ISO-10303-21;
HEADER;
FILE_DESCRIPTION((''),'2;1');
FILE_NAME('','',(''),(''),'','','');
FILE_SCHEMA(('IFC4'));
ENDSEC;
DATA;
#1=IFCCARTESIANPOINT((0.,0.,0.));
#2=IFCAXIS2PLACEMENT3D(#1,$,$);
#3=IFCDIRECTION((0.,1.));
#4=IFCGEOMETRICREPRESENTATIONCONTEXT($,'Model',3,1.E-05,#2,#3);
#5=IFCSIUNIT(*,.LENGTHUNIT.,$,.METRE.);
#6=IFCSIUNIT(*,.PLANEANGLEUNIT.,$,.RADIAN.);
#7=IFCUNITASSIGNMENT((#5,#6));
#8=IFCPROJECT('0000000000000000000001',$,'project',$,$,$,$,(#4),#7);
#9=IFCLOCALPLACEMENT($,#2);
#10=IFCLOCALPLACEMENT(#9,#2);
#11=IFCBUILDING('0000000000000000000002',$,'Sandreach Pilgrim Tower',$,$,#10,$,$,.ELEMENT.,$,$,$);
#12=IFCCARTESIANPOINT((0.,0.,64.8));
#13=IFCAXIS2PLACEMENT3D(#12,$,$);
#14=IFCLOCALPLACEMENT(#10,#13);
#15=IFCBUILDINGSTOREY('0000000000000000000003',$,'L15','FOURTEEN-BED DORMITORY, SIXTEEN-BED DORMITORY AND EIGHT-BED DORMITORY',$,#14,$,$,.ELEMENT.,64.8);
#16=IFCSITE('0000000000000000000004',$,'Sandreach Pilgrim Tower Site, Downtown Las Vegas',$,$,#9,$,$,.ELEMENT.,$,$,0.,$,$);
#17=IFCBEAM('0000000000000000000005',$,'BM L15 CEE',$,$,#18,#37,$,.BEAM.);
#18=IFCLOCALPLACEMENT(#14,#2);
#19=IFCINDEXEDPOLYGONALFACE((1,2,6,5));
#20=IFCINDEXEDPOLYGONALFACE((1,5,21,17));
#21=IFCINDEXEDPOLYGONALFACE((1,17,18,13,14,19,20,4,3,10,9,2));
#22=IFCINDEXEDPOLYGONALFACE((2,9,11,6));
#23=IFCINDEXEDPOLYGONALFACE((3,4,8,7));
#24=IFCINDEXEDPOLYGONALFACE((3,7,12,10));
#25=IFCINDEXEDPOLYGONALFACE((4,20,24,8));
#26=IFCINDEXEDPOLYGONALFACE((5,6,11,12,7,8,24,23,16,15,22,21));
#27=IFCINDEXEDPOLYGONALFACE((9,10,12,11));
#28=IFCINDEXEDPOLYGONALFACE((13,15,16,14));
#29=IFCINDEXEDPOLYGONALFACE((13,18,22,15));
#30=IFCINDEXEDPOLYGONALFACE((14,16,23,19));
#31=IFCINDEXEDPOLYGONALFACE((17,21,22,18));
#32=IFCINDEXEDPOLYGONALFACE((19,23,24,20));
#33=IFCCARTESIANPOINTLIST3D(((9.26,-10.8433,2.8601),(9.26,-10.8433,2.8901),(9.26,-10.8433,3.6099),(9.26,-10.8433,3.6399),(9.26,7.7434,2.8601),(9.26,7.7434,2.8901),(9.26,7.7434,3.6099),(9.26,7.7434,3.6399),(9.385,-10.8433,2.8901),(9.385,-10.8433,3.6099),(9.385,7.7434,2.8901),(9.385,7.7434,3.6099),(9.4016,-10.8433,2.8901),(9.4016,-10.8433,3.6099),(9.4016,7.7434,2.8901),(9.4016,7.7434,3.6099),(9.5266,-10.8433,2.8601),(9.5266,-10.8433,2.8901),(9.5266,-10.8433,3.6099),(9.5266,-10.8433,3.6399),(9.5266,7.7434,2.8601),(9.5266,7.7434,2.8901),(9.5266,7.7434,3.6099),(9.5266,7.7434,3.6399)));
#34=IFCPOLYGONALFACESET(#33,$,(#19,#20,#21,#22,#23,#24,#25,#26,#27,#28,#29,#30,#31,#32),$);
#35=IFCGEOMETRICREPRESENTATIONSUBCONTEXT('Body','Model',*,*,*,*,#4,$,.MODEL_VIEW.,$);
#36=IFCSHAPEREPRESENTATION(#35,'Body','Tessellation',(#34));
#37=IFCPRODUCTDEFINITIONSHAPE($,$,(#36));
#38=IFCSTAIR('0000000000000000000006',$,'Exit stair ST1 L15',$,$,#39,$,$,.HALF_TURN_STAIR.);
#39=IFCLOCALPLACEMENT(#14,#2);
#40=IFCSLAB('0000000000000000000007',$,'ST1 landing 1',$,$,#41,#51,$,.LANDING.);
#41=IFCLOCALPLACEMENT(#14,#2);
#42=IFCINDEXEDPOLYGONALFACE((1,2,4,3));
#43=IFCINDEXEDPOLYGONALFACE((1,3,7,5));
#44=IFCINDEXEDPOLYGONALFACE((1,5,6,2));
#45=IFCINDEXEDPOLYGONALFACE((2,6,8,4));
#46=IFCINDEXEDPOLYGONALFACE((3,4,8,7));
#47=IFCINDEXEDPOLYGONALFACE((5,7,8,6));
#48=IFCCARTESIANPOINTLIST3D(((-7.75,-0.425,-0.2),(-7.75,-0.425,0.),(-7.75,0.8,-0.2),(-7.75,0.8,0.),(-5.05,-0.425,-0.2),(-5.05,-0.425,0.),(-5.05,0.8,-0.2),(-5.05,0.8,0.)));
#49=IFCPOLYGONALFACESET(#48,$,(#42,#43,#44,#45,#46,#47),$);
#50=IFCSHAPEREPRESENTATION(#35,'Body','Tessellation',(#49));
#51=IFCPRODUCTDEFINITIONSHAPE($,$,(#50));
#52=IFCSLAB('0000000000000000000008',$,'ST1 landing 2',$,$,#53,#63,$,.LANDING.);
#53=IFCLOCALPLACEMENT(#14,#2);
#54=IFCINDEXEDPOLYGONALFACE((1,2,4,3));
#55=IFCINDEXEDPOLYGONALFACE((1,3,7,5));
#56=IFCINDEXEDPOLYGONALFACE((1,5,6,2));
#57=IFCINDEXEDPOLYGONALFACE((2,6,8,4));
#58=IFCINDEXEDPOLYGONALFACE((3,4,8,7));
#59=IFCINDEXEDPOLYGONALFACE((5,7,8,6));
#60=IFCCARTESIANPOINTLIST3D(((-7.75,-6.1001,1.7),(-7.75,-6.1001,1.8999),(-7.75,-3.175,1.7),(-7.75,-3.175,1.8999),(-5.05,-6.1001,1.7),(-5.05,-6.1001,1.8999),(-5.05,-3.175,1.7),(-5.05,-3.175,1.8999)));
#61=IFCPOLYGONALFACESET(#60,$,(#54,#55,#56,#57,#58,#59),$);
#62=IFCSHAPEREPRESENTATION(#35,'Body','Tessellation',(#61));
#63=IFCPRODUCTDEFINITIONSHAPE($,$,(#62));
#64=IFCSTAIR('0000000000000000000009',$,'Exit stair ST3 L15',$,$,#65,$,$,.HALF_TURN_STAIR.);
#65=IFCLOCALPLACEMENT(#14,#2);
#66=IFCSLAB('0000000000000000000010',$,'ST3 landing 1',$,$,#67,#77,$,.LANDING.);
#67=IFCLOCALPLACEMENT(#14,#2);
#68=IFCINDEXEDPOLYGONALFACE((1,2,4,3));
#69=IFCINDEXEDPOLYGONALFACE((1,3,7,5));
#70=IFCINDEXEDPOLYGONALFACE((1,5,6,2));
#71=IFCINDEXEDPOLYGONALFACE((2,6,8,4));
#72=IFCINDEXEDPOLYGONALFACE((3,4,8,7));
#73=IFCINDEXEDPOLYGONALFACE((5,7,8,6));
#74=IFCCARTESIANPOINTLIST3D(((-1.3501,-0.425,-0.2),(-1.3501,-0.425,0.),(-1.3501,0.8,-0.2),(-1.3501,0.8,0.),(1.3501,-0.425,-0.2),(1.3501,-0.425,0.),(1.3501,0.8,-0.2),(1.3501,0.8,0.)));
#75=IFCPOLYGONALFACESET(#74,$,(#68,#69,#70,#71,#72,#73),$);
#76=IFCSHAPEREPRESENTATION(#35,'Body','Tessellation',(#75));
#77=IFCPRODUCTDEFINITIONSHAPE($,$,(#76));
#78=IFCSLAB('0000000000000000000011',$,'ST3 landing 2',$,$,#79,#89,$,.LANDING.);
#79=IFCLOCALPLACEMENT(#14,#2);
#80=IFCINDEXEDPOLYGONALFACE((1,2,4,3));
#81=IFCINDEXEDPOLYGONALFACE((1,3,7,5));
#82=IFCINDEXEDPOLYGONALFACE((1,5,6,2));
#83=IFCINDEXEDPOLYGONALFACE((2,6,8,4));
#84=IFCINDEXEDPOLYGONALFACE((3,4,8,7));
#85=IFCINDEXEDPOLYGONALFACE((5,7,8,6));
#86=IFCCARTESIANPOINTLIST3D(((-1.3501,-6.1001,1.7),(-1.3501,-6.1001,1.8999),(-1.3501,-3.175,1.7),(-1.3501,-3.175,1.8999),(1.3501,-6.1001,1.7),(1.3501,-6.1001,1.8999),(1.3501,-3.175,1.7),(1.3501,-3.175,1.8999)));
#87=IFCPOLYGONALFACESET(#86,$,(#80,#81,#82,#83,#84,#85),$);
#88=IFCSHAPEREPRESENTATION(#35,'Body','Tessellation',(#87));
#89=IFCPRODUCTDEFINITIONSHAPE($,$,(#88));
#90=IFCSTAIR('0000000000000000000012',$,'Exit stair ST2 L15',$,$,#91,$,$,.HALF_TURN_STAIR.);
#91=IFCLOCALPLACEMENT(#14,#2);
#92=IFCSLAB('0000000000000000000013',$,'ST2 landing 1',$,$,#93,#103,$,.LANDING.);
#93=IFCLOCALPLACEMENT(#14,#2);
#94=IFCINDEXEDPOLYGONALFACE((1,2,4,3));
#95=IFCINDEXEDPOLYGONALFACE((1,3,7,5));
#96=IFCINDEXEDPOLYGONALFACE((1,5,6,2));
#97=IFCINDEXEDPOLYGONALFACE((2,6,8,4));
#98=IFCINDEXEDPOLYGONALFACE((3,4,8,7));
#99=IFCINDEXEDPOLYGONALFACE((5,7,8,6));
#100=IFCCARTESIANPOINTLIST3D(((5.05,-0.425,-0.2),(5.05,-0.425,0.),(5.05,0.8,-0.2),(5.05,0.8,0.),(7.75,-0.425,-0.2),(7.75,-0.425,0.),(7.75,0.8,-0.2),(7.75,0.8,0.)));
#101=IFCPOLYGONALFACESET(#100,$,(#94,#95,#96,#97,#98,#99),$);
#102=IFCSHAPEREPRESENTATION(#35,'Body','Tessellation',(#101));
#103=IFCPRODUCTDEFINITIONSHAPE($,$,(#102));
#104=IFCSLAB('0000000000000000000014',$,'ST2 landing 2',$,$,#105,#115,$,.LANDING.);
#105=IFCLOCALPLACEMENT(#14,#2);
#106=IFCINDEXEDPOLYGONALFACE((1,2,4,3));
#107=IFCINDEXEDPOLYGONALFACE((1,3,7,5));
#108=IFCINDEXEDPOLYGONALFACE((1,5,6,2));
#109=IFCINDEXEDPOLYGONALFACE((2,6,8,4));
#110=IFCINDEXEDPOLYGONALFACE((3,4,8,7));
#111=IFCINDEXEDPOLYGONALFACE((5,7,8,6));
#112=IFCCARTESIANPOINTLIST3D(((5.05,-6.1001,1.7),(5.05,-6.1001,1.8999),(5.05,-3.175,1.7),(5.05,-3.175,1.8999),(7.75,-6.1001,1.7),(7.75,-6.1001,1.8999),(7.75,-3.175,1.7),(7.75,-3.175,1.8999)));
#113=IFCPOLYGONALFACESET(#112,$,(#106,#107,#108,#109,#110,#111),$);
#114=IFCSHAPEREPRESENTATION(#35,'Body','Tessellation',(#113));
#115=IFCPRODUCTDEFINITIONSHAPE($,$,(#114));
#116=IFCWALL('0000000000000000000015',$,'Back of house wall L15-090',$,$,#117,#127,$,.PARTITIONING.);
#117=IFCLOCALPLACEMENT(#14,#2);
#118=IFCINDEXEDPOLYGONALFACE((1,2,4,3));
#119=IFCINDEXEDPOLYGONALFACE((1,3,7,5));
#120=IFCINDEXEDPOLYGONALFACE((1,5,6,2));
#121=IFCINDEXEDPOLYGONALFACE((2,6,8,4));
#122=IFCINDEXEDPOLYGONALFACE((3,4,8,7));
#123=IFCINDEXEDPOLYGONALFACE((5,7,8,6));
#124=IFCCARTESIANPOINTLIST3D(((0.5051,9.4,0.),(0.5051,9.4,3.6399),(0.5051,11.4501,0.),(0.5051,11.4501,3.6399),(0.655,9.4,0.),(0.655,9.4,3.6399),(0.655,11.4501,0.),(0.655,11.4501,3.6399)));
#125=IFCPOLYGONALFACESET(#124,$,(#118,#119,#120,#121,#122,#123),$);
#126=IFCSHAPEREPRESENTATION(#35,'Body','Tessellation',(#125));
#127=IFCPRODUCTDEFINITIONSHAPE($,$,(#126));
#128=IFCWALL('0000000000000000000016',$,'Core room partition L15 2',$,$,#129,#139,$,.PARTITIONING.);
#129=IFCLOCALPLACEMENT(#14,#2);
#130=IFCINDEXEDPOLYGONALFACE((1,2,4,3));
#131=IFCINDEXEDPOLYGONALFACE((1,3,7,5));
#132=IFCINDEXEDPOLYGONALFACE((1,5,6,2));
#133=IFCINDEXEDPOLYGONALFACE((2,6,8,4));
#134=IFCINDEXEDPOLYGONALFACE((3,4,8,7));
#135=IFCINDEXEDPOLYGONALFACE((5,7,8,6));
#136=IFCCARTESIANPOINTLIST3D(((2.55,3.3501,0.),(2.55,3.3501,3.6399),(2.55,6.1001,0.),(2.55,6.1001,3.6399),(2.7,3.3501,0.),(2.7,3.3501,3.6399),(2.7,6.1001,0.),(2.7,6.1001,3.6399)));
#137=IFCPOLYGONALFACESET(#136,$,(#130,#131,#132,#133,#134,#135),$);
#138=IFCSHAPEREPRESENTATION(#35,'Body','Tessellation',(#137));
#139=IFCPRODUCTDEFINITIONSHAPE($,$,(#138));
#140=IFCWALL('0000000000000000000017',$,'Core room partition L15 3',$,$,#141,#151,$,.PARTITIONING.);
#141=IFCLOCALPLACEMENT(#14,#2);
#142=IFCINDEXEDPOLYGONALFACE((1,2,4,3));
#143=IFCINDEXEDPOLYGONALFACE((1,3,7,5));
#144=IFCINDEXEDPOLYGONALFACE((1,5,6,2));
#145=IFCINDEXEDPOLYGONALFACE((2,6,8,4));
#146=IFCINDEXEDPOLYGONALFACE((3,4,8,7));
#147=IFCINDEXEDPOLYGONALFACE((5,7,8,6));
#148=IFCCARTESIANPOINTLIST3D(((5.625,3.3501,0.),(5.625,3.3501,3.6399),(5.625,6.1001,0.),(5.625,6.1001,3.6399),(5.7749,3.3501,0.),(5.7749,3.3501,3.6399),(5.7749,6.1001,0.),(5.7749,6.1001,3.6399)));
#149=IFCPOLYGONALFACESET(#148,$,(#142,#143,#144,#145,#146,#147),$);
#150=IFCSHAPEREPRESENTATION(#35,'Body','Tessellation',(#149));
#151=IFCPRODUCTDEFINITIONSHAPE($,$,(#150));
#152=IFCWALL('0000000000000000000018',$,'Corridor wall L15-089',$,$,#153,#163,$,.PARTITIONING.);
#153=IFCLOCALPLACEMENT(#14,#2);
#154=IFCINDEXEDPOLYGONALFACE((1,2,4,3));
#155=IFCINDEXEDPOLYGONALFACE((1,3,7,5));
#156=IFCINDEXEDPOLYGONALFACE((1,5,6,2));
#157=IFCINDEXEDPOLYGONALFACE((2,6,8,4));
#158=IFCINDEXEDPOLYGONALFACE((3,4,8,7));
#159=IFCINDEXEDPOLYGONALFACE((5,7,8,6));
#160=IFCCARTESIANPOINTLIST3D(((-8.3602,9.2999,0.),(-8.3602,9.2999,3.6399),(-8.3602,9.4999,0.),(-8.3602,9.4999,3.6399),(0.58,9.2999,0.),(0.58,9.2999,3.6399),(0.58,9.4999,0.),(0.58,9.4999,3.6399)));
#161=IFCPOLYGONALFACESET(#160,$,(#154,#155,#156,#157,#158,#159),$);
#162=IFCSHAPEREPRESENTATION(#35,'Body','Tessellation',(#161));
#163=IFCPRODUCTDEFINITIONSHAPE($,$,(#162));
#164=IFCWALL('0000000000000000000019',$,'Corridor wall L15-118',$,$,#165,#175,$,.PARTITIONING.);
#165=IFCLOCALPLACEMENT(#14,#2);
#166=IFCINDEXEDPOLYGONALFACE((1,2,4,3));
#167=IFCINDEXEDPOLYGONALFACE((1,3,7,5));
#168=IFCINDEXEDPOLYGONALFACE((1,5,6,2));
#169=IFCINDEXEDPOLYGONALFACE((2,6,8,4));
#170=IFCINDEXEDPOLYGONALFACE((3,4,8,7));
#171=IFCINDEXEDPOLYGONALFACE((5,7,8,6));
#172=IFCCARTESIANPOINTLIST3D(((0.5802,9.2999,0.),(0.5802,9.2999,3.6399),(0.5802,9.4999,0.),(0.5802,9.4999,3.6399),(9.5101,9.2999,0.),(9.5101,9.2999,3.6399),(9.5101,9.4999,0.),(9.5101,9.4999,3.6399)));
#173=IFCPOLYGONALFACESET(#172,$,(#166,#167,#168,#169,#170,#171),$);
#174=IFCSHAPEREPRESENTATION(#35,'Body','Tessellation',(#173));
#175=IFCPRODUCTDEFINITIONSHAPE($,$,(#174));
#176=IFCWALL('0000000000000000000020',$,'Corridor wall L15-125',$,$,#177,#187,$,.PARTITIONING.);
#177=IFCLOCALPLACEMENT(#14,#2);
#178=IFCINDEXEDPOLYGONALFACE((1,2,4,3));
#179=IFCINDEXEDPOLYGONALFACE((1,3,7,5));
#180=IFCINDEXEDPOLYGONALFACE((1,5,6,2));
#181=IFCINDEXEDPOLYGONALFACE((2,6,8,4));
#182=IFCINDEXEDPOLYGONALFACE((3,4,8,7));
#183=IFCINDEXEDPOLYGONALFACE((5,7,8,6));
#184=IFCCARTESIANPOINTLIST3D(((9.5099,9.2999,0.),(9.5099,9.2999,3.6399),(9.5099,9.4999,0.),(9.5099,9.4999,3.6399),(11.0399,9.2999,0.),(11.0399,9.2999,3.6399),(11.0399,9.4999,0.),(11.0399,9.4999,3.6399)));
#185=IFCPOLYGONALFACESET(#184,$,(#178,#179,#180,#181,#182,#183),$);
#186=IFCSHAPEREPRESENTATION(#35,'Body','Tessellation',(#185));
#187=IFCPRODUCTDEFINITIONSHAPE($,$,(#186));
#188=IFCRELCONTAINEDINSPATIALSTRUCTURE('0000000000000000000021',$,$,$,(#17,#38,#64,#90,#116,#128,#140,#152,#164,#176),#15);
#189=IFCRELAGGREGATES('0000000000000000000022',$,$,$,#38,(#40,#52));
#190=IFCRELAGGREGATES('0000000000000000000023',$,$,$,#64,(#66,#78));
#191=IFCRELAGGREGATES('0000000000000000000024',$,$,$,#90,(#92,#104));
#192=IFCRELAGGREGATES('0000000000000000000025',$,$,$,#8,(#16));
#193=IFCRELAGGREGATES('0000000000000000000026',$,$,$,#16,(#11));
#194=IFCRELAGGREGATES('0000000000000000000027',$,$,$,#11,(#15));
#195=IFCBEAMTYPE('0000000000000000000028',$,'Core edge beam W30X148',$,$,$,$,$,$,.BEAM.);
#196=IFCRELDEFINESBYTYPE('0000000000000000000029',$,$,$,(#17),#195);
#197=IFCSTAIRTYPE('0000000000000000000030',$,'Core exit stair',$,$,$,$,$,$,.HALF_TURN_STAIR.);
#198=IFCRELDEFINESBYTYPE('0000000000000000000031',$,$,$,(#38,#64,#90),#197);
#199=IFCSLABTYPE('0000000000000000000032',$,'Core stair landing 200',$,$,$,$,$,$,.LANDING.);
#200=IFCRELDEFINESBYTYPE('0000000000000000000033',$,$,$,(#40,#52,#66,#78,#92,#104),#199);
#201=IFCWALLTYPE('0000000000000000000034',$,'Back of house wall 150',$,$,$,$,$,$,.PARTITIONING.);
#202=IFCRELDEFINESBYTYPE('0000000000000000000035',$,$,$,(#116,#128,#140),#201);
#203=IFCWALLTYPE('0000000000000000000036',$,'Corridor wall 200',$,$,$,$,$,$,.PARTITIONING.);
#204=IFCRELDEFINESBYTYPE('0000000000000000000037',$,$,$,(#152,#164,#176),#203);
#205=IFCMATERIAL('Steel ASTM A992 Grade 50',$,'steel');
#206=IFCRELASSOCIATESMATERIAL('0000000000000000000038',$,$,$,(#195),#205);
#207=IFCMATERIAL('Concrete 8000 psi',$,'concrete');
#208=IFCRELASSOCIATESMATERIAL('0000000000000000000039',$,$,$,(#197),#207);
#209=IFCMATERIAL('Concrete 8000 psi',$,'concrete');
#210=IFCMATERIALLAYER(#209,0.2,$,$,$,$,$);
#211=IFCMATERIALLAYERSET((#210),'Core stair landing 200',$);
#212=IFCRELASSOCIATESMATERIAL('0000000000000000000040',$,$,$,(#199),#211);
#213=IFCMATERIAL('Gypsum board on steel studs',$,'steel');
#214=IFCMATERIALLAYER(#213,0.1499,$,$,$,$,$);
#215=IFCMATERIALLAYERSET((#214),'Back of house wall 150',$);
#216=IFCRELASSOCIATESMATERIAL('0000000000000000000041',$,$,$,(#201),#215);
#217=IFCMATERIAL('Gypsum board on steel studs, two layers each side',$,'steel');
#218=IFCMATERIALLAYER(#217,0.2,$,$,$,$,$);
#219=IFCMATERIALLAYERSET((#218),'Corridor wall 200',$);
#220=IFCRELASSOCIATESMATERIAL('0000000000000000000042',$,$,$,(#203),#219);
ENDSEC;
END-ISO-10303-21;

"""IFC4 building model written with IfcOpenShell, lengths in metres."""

from ifc_helpers import new_model, si_unit, direction, frame, frame_2d, origin, origin_2d, place, context, subcontext, project, spatial, polyline, rectangle, i_section, outline, extrude, material, layer, layer_set, material_profile, profile_set, type_object, element, aggregate, save


model = new_model("IFC4")

# Units and contexts
model_context = context("Model", 3, precision=1e-05, world=origin(), true_north=direction((0.0, 1.0)))
body_context = subcontext(model_context, "Body", "Model", "MODEL_VIEW")
ifc_project = project(units=[si_unit("LENGTHUNIT", "METRE"), si_unit("PLANEANGLEUNIT", "RADIAN")], contexts=[model_context])

# Site, building, storey
site_placement = place(None, origin())
site = spatial("IfcSite", under=ifc_project, at=site_placement, Name="Sandreach Pilgrim Tower Site, Downtown Las Vegas", CompositionType="ELEMENT", RefElevation=0.0)
building_placement = place(site_placement, origin())
building = spatial("IfcBuilding", under=site, at=building_placement, Name="Sandreach Pilgrim Tower", CompositionType="ELEMENT")
storey_placement = place(building_placement, frame((0.0, 0.0, 64.8)))
storey = spatial("IfcBuildingStorey", under=building, at=storey_placement, Name="L15", Description="FOURTEEN-BED DORMITORY, SIXTEEN-BED DORMITORY AND EIGHT-BED DORMITORY", CompositionType="ELEMENT", Elevation=64.8)

# Beam
ifc_material_1 = material(Name="Steel ASTM A992 Grade 50", Category="steel")
ifc_material_profile = material_profile(ifc_material_1, i_section(OverallWidth=0.2666, OverallDepth=0.7798, WebThickness=0.0166, FlangeThickness=0.03, at=origin_2d()), Name="W30X148")
ifc_profile_set = profile_set([ifc_material_profile], Name="Steel ASTM A992 Grade 50")
beam_type = type_object("IfcBeamType", Name="Core edge beam W30X148", PredefinedType="BEAM", material=ifc_profile_set)
beam_placement = place(storey_placement, frame((9.3933, 7.7434, 3.25), z_axis=(0.0, -1.0, 0.0), x_axis=(1.0, 0.0, 0.0)))
element("IfcBeam", 1, at=beam_placement, inside=storey, type_object=beam_type, Name="BM L15 CEE", PredefinedType="BEAM", context=body_context, shape_type="SweptSolid", body=[
    extrude(i_section(OverallWidth=0.2666, OverallDepth=0.7798, WebThickness=0.0166, FlangeThickness=0.03, at=origin_2d()), origin(), (0.0, 0.0, 1.0), 18.5867),
])

# Stairs, slabs
ifc_material_2 = material(Name="Concrete 8000 psi", Category="concrete")
stair_type = type_object("IfcStairType", Name="Core exit stair", PredefinedType="HALF_TURN_STAIR", material=ifc_material_2)
stair_1_placement = place(storey_placement, origin())
stair_1 = element("IfcStair", 2, at=stair_1_placement, inside=storey, type_object=stair_type, Name="Exit stair ST1 L15", PredefinedType="HALF_TURN_STAIR")
ifc_material_3 = material(Name="Concrete 8000 psi", Category="concrete")
ifc_layer_1 = layer(ifc_material_3, 0.2)
ifc_layer_set_1 = layer_set([ifc_layer_1], Name="Core stair landing 200")
slab_type = type_object("IfcSlabType", Name="Core stair landing 200", PredefinedType="LANDING", material=ifc_layer_set_1)
slab_1_placement = place(storey_placement, frame((0.0, 0.0, -0.2)))
slab_1 = element("IfcSlab", 3, at=slab_1_placement, type_object=slab_type, Name="ST1 landing 1", PredefinedType="LANDING", context=body_context, shape_type="SweptSolid", body=[
    extrude(outline(polyline([(-7.75, -0.425), (-5.05, -0.425), (-5.05, 0.8), (-7.75, 0.8), (-7.75, -0.425)])), origin(), (0.0, 0.0, 1.0), 0.2),
])
slab_2_placement = place(storey_placement, frame((0.0, 0.0, 1.7)))
slab_2 = element("IfcSlab", 4, at=slab_2_placement, type_object=slab_type, Name="ST1 landing 2", PredefinedType="LANDING", context=body_context, shape_type="SweptSolid", body=[
    extrude(outline(polyline([(-7.75, -6.1001), (-5.05, -6.1001), (-5.05, -3.175), (-7.75, -3.175), (-7.75, -6.1001)])), origin(), (0.0, 0.0, 1.0), 0.2),
])
aggregate(stair_1, [slab_1, slab_2])
stair_2_placement = place(storey_placement, origin())
stair_2 = element("IfcStair", 5, at=stair_2_placement, inside=storey, type_object=stair_type, Name="Exit stair ST3 L15", PredefinedType="HALF_TURN_STAIR")
slab_3_placement = place(storey_placement, frame((0.0, 0.0, -0.2)))
slab_3 = element("IfcSlab", 6, at=slab_3_placement, type_object=slab_type, Name="ST3 landing 1", PredefinedType="LANDING", context=body_context, shape_type="SweptSolid", body=[
    extrude(outline(polyline([(-1.3501, -0.425), (1.3501, -0.425), (1.3501, 0.8), (-1.3501, 0.8), (-1.3501, -0.425)])), origin(), (0.0, 0.0, 1.0), 0.2),
])
slab_4_placement = place(storey_placement, frame((0.0, 0.0, 1.7)))
slab_4 = element("IfcSlab", 7, at=slab_4_placement, type_object=slab_type, Name="ST3 landing 2", PredefinedType="LANDING", context=body_context, shape_type="SweptSolid", body=[
    extrude(outline(polyline([(-1.3501, -6.1001), (1.3501, -6.1001), (1.3501, -3.175), (-1.3501, -3.175), (-1.3501, -6.1001)])), origin(), (0.0, 0.0, 1.0), 0.2),
])
aggregate(stair_2, [slab_3, slab_4])
stair_3_placement = place(storey_placement, origin())
stair_3 = element("IfcStair", 8, at=stair_3_placement, inside=storey, type_object=stair_type, Name="Exit stair ST2 L15", PredefinedType="HALF_TURN_STAIR")
slab_5_placement = place(storey_placement, frame((0.0, 0.0, -0.2)))
slab_5 = element("IfcSlab", 9, at=slab_5_placement, type_object=slab_type, Name="ST2 landing 1", PredefinedType="LANDING", context=body_context, shape_type="SweptSolid", body=[
    extrude(outline(polyline([(5.05, -0.425), (7.75, -0.425), (7.75, 0.8), (5.05, 0.8), (5.05, -0.425)])), origin(), (0.0, 0.0, 1.0), 0.2),
])
slab_6_placement = place(storey_placement, frame((0.0, 0.0, 1.7)))
slab_6 = element("IfcSlab", 10, at=slab_6_placement, type_object=slab_type, Name="ST2 landing 2", PredefinedType="LANDING", context=body_context, shape_type="SweptSolid", body=[
    extrude(outline(polyline([(5.05, -6.1001), (7.75, -6.1001), (7.75, -3.175), (5.05, -3.175), (5.05, -6.1001)])), origin(), (0.0, 0.0, 1.0), 0.2),
])
aggregate(stair_3, [slab_5, slab_6])

# Walls
ifc_material_4 = material(Name="Gypsum board on steel studs", Category="steel")
ifc_layer_2 = layer(ifc_material_4, 0.1499)
ifc_layer_set_2 = layer_set([ifc_layer_2], Name="Back of house wall 150")
wall_type_1 = type_object("IfcWallType", Name="Back of house wall 150", PredefinedType="PARTITIONING", material=ifc_layer_set_2)
wall_1_placement = place(storey_placement, frame((0.5801, 11.45, 0.0), z_axis=(0.0, 0.0, 1.0), x_axis=(0.0, -1.0, 0.0)))
element("IfcWall", 11, at=wall_1_placement, inside=storey, type_object=wall_type_1, Name="Back of house wall L15-090", PredefinedType="PARTITIONING", context=body_context, shape_type="SweptSolid", body=[
    extrude(rectangle(XDim=2.05, YDim=0.1499, at=frame_2d((1.0249, 0.0))), origin(), (0.0, 0.0, 1.0), 3.6399),
])
for number, where, z_axis, x_axis, name in (
    (12, (2.625, 3.3501, 0.0), (0.0, 0.0, 1.0), (0.0, 1.0, 0.0), "Core room partition L15 2"),
    (13, (5.7, 3.3501, 0.0), (0.0, 0.0, 1.0), (0.0, 1.0, 0.0), "Core room partition L15 3"),
):
    element("IfcWall", number, at=place(storey_placement, frame(where, z_axis=z_axis, x_axis=x_axis)), inside=storey, type_object=wall_type_1, Name=name, PredefinedType="PARTITIONING", context=body_context, shape_type="SweptSolid", body=[
        extrude(rectangle(XDim=2.75, YDim=0.1499, at=frame_2d((1.375, 0.0))), origin(), (0.0, 0.0, 1.0), 3.6399),
    ])

# Walls
ifc_material_5 = material(Name="Gypsum board on steel studs, two layers each side", Category="steel")
ifc_layer_3 = layer(ifc_material_5, 0.2)
ifc_layer_set_3 = layer_set([ifc_layer_3], Name="Corridor wall 200")
wall_type_2 = type_object("IfcWallType", Name="Corridor wall 200", PredefinedType="PARTITIONING", material=ifc_layer_set_3)
wall_2_placement = place(storey_placement, frame((0.5801, 9.3999, 0.0), z_axis=(0.0, 0.0, 1.0), x_axis=(-1.0, 0.0, 0.0)))
element("IfcWall", 14, at=wall_2_placement, inside=storey, type_object=wall_type_2, Name="Corridor wall L15-089", PredefinedType="PARTITIONING", context=body_context, shape_type="SweptSolid", body=[
    extrude(rectangle(XDim=8.9402, YDim=0.2, at=frame_2d((4.4702, 0.0))), origin(), (0.0, 0.0, 1.0), 3.6399),
])
wall_3_placement = place(storey_placement, frame((9.51, 9.3999, 0.0), z_axis=(0.0, 0.0, 1.0), x_axis=(-1.0, 0.0, 0.0)))
element("IfcWall", 15, at=wall_3_placement, inside=storey, type_object=wall_type_2, Name="Corridor wall L15-118", PredefinedType="PARTITIONING", context=body_context, shape_type="SweptSolid", body=[
    extrude(rectangle(XDim=8.9299, YDim=0.2, at=frame_2d((4.4648, 0.0))), origin(), (0.0, 0.0, 1.0), 3.6399),
])
wall_4_placement = place(storey_placement, frame((11.04, 9.3999, 0.0), z_axis=(0.0, 0.0, 1.0), x_axis=(-1.0, 0.0, 0.0)))
element("IfcWall", 16, at=wall_4_placement, inside=storey, type_object=wall_type_2, Name="Corridor wall L15-125", PredefinedType="PARTITIONING", context=body_context, shape_type="SweptSolid", body=[
    extrude(rectangle(XDim=1.53, YDim=0.2, at=frame_2d((0.7651, 0.0))), origin(), (0.0, 0.0, 1.0), 3.6399),
])

save(model, "model.ifc")
